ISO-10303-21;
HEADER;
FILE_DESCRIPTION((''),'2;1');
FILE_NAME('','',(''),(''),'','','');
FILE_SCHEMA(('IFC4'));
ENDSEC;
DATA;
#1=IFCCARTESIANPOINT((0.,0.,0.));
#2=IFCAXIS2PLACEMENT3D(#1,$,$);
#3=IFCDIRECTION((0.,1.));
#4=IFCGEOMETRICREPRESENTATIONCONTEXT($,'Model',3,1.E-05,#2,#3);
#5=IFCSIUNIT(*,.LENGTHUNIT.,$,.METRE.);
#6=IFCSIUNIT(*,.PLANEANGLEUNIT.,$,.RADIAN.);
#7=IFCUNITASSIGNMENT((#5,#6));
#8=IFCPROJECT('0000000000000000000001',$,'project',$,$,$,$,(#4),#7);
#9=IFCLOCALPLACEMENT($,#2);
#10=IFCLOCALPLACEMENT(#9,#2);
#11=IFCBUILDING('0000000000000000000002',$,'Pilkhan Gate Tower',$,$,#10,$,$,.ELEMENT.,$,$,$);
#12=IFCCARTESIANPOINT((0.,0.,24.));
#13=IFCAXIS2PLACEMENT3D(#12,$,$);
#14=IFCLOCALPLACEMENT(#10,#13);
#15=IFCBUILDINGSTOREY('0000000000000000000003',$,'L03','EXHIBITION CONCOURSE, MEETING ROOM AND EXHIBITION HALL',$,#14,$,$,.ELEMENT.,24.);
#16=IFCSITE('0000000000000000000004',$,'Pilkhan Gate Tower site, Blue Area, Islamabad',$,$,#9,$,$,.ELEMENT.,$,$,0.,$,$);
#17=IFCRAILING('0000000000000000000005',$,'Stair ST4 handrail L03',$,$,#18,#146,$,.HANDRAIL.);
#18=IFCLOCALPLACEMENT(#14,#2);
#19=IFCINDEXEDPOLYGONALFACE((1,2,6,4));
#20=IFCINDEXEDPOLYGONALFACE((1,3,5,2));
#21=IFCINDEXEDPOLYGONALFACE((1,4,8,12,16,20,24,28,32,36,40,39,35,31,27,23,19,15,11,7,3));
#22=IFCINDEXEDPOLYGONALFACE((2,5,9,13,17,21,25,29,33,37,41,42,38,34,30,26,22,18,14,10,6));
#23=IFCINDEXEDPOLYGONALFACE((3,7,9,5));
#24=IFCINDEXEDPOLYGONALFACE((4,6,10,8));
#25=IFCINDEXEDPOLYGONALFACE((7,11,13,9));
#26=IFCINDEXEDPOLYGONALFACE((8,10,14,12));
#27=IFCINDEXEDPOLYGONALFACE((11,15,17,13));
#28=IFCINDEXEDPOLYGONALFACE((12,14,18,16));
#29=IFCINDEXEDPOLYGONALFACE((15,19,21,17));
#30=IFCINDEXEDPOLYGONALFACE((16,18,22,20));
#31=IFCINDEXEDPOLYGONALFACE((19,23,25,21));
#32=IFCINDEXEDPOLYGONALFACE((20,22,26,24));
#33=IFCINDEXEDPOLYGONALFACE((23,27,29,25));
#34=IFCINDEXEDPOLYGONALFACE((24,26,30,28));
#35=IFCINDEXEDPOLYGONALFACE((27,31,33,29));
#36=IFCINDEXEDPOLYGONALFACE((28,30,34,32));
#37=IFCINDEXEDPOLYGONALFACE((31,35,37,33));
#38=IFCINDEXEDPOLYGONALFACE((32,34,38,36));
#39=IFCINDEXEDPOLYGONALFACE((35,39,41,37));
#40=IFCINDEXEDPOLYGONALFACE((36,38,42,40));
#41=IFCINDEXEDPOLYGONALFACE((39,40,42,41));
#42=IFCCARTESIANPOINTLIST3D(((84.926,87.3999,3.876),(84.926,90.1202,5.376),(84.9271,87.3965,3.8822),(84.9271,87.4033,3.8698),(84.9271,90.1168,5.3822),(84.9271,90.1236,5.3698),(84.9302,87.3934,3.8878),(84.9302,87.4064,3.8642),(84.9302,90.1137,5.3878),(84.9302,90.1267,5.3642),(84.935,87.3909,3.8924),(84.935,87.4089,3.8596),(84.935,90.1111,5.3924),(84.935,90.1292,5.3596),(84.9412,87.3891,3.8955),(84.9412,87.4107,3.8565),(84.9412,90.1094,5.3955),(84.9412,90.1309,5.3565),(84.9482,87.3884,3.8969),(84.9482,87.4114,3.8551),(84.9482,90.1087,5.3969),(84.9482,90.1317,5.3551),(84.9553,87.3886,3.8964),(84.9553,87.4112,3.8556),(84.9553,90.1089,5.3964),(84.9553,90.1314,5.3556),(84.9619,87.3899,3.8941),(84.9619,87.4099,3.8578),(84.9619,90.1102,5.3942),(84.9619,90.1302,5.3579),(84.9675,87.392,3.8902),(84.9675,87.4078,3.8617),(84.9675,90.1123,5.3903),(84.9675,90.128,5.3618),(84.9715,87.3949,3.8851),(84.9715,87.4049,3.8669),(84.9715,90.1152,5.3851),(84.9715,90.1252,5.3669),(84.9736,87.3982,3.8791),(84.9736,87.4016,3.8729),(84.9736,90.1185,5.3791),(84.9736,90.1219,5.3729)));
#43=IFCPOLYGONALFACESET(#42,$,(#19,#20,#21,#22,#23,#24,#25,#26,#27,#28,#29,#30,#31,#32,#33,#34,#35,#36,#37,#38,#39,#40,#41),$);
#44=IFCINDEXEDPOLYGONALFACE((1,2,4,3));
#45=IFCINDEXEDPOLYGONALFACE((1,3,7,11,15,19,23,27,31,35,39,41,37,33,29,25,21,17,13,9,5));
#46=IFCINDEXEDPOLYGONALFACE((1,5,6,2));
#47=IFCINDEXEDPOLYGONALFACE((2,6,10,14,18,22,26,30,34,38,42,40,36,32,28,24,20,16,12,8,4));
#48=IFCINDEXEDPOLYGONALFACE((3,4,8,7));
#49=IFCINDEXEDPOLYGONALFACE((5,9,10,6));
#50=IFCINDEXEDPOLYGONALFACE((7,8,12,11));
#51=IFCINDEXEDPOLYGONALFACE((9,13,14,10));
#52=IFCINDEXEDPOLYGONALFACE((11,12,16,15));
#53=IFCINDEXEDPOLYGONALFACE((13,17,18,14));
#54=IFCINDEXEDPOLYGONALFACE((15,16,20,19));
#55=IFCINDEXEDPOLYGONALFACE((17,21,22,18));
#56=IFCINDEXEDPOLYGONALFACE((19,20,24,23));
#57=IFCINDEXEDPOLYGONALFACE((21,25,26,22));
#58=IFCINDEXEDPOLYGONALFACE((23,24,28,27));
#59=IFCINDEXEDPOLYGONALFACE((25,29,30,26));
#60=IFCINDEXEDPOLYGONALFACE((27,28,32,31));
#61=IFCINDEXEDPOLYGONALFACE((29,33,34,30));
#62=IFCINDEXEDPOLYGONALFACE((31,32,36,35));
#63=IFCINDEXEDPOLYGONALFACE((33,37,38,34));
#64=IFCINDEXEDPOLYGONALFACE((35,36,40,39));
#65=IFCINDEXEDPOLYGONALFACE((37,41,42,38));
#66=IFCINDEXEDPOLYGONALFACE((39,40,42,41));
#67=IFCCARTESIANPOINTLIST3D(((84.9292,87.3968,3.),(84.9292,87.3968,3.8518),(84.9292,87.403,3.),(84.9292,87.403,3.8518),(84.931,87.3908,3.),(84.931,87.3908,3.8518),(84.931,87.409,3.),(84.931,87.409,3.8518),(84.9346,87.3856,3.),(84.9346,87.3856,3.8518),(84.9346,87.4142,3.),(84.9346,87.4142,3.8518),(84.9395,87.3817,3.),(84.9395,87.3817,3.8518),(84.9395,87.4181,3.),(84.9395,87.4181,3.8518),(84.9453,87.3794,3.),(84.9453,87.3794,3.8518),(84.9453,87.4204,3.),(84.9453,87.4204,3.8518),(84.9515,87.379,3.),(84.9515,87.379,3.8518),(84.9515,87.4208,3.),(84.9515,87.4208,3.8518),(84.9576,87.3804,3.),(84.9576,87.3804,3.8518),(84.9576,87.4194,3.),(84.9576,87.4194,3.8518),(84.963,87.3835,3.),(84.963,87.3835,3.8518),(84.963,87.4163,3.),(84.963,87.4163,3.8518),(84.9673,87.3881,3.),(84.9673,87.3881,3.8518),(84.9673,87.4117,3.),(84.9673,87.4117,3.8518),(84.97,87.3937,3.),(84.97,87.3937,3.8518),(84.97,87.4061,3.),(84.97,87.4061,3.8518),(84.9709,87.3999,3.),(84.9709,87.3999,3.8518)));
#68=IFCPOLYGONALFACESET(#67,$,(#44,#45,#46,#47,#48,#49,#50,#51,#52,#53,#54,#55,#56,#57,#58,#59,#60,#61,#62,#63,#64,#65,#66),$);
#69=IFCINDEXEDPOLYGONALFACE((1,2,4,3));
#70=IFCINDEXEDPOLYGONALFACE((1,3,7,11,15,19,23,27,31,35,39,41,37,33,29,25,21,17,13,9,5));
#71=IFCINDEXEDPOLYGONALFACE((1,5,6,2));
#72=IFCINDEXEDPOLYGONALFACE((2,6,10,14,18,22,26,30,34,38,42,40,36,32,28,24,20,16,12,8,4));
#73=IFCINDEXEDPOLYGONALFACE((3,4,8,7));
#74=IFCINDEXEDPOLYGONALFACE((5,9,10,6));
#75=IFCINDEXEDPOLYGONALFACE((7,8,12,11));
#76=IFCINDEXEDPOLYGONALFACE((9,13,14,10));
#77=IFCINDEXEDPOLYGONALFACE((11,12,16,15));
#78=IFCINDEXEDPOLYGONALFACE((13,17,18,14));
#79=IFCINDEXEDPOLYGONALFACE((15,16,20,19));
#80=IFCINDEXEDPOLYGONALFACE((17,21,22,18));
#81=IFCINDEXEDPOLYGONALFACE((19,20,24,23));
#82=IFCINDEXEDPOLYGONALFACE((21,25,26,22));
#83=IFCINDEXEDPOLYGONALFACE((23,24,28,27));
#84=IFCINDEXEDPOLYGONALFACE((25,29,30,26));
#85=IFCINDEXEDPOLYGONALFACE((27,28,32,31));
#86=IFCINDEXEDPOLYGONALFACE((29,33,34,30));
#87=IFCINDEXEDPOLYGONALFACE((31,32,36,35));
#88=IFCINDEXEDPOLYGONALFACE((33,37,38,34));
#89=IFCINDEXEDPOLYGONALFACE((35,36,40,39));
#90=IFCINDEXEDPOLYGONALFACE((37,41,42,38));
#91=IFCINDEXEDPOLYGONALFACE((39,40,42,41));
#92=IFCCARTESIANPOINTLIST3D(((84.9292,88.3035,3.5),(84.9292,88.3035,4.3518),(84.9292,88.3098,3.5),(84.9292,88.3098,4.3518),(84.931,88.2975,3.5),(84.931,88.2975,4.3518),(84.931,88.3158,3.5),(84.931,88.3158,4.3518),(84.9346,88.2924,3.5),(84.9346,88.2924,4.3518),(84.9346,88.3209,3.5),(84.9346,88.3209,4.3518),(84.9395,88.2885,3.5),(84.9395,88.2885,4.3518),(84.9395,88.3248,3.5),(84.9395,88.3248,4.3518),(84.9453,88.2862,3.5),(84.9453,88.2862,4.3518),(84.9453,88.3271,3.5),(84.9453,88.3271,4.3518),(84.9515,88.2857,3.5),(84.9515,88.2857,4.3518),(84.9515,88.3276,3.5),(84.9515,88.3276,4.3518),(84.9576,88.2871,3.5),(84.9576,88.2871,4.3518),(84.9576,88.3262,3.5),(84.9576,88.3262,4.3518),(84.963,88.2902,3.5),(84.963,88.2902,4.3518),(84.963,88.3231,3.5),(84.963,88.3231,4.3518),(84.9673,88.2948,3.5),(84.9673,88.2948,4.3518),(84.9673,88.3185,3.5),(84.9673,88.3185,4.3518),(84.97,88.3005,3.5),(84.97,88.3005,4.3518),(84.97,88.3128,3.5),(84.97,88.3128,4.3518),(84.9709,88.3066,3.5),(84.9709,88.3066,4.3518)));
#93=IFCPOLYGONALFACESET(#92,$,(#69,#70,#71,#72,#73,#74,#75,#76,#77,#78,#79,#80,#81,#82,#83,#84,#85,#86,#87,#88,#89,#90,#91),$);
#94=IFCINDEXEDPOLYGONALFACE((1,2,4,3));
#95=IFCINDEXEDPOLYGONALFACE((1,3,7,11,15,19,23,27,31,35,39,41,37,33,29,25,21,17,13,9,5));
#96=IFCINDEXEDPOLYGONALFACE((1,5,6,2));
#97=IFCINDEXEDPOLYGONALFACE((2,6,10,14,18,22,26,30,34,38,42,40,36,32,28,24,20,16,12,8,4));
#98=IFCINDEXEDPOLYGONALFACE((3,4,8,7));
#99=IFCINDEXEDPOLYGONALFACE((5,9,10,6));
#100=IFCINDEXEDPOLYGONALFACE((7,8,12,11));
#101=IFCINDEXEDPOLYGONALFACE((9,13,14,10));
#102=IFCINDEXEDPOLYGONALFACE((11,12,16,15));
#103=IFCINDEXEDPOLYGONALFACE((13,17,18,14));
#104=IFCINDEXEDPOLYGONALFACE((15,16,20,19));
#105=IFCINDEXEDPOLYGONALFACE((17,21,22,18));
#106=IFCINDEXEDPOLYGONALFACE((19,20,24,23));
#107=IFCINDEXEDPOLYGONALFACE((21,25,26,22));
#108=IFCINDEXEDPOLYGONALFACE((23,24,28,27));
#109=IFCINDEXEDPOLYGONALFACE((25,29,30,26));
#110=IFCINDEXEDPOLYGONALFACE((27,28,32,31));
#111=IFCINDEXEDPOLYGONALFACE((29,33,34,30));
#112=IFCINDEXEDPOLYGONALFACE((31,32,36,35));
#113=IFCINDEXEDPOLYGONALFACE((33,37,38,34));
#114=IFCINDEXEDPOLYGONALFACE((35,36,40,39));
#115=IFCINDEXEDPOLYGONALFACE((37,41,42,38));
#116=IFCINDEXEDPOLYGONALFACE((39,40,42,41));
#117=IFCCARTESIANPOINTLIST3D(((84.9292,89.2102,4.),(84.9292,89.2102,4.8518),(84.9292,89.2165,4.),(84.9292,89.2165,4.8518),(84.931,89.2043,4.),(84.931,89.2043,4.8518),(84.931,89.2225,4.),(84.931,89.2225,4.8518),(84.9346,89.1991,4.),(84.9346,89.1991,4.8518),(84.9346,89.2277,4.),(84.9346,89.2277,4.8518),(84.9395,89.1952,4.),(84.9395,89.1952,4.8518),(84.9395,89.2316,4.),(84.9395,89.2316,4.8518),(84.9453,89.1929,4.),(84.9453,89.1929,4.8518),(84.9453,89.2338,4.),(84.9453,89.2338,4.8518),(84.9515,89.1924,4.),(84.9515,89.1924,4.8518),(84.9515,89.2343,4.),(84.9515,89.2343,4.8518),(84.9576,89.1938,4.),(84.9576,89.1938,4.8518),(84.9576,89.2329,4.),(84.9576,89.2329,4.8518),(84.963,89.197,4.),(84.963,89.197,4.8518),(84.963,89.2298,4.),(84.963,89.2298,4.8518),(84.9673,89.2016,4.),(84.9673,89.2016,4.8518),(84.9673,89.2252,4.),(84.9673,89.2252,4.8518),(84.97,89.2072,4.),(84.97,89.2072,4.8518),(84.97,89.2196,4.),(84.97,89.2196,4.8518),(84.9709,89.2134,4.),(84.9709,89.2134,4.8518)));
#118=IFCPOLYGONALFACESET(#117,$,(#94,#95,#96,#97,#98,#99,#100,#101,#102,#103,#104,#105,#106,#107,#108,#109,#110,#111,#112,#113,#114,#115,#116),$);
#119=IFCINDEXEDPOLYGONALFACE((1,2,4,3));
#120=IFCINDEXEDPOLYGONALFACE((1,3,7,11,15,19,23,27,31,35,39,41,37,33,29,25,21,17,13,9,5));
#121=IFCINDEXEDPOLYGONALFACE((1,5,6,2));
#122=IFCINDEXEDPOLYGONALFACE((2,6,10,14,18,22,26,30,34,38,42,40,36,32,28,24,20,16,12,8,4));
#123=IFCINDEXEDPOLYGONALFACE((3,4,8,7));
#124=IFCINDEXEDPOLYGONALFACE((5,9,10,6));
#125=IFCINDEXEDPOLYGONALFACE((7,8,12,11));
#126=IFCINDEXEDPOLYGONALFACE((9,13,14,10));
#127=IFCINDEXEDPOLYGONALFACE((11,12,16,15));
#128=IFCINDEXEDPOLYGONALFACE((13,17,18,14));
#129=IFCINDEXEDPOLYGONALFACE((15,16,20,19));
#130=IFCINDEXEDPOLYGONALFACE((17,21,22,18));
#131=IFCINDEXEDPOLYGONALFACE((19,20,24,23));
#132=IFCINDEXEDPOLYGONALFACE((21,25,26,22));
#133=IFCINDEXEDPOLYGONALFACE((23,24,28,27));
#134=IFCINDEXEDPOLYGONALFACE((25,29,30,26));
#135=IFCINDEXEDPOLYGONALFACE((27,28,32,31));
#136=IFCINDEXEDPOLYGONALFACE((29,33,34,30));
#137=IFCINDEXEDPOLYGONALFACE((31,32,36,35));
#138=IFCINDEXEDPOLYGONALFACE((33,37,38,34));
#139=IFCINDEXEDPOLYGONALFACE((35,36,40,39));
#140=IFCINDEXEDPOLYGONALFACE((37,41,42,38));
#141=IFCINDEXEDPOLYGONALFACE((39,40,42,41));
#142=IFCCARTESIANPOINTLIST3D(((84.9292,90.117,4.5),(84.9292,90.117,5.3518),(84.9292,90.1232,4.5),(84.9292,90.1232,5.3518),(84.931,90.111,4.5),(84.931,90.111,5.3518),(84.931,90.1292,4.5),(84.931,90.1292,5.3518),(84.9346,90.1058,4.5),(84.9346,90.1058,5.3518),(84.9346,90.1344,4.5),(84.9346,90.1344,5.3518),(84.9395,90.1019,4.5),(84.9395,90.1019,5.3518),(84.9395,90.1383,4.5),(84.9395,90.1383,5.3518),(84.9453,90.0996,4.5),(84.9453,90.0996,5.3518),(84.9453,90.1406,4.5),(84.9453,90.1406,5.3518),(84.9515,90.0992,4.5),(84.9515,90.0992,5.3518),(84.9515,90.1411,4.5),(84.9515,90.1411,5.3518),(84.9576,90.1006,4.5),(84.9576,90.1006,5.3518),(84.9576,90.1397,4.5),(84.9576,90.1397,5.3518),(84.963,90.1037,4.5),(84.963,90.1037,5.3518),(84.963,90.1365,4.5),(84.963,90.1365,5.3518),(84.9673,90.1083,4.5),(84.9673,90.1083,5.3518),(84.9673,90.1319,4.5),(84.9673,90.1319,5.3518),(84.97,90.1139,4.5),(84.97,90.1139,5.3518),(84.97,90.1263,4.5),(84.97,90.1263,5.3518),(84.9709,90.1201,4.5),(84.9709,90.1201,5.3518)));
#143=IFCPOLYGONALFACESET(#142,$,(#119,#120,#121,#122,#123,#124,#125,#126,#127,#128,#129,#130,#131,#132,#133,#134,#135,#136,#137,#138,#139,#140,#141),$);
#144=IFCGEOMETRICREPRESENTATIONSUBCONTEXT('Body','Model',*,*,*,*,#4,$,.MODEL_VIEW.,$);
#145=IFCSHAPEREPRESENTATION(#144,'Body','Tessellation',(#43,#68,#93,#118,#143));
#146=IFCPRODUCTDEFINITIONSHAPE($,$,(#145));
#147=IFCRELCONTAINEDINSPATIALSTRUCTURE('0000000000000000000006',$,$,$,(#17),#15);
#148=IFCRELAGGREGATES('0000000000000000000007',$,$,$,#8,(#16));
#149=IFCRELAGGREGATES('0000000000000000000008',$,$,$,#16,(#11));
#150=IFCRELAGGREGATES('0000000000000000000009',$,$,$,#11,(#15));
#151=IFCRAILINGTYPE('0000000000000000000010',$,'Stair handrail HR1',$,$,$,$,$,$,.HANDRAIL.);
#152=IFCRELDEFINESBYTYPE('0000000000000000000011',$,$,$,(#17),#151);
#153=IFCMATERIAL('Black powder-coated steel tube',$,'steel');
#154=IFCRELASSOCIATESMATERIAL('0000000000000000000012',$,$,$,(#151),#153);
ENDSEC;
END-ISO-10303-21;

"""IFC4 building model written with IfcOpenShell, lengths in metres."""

from ifc_helpers import new_model, si_unit, direction, frame, origin, origin_2d, place, context, subcontext, project, spatial, circle, extrude, material, type_object, element, save


model = new_model("IFC4")

# Units and contexts
model_context = context("Model", 3, precision=1e-05, world=origin(), true_north=direction((0.0, 1.0)))
body_context = subcontext(model_context, "Body", "Model", "MODEL_VIEW")
ifc_project = project(units=[si_unit("LENGTHUNIT", "METRE"), si_unit("PLANEANGLEUNIT", "RADIAN")], contexts=[model_context])

# Site, building, storey
site_placement = place(None, origin())
site = spatial("IfcSite", under=ifc_project, at=site_placement, Name="Pilkhan Gate Tower site, Blue Area, Islamabad", CompositionType="ELEMENT", RefElevation=0.0)
building_placement = place(site_placement, origin())
building = spatial("IfcBuilding", under=site, at=building_placement, Name="Pilkhan Gate Tower", CompositionType="ELEMENT")
storey_placement = place(building_placement, frame((0.0, 0.0, 24.0)))
storey = spatial("IfcBuildingStorey", under=building, at=storey_placement, Name="L03", Description="EXHIBITION CONCOURSE, MEETING ROOM AND EXHIBITION HALL", CompositionType="ELEMENT", Elevation=24.0)

# Railing
ifc_material_1 = material(Name="Black powder-coated steel tube", Category="steel")
railing_type = type_object("IfcRailingType", Name="Stair handrail HR1", PredefinedType="HANDRAIL", material=ifc_material_1)
for number, where, name in (
    (1, (84.95, 87.3999, 3.0), "Stair ST4 handrail L03"),
):
    element("IfcRailing", number, at=place(storey_placement, frame(where)), inside=storey, type_object=railing_type, Name=name, PredefinedType="HANDRAIL", context=body_context, shape_type="SweptSolid", body=[
        extrude(circle(Radius=0.0239, at=origin_2d()), frame((0.0, 0.0, 0.876), z_axis=(0.0, 0.875688, 0.482878), x_axis=(-1.0, 0.0, 0.0)), (0.0, 0.0, 1.0), 3.1064),
        extrude(circle(Radius=0.021, at=origin_2d()), origin(), (0.0, 0.0, 1.0), 0.8518),
        extrude(circle(Radius=0.021, at=origin_2d()), frame((0.0, 0.9067, 0.5)), (0.0, 0.0, 1.0), 0.8518),
        extrude(circle(Radius=0.021, at=origin_2d()), frame((0.0, 1.8135, 1.0)), (0.0, 0.0, 1.0), 0.8518),
        extrude(circle(Radius=0.021, at=origin_2d()), frame((0.0, 2.7202, 1.5)), (0.0, 0.0, 1.0), 0.8518),
    ])

save(model, "model.ifc")
